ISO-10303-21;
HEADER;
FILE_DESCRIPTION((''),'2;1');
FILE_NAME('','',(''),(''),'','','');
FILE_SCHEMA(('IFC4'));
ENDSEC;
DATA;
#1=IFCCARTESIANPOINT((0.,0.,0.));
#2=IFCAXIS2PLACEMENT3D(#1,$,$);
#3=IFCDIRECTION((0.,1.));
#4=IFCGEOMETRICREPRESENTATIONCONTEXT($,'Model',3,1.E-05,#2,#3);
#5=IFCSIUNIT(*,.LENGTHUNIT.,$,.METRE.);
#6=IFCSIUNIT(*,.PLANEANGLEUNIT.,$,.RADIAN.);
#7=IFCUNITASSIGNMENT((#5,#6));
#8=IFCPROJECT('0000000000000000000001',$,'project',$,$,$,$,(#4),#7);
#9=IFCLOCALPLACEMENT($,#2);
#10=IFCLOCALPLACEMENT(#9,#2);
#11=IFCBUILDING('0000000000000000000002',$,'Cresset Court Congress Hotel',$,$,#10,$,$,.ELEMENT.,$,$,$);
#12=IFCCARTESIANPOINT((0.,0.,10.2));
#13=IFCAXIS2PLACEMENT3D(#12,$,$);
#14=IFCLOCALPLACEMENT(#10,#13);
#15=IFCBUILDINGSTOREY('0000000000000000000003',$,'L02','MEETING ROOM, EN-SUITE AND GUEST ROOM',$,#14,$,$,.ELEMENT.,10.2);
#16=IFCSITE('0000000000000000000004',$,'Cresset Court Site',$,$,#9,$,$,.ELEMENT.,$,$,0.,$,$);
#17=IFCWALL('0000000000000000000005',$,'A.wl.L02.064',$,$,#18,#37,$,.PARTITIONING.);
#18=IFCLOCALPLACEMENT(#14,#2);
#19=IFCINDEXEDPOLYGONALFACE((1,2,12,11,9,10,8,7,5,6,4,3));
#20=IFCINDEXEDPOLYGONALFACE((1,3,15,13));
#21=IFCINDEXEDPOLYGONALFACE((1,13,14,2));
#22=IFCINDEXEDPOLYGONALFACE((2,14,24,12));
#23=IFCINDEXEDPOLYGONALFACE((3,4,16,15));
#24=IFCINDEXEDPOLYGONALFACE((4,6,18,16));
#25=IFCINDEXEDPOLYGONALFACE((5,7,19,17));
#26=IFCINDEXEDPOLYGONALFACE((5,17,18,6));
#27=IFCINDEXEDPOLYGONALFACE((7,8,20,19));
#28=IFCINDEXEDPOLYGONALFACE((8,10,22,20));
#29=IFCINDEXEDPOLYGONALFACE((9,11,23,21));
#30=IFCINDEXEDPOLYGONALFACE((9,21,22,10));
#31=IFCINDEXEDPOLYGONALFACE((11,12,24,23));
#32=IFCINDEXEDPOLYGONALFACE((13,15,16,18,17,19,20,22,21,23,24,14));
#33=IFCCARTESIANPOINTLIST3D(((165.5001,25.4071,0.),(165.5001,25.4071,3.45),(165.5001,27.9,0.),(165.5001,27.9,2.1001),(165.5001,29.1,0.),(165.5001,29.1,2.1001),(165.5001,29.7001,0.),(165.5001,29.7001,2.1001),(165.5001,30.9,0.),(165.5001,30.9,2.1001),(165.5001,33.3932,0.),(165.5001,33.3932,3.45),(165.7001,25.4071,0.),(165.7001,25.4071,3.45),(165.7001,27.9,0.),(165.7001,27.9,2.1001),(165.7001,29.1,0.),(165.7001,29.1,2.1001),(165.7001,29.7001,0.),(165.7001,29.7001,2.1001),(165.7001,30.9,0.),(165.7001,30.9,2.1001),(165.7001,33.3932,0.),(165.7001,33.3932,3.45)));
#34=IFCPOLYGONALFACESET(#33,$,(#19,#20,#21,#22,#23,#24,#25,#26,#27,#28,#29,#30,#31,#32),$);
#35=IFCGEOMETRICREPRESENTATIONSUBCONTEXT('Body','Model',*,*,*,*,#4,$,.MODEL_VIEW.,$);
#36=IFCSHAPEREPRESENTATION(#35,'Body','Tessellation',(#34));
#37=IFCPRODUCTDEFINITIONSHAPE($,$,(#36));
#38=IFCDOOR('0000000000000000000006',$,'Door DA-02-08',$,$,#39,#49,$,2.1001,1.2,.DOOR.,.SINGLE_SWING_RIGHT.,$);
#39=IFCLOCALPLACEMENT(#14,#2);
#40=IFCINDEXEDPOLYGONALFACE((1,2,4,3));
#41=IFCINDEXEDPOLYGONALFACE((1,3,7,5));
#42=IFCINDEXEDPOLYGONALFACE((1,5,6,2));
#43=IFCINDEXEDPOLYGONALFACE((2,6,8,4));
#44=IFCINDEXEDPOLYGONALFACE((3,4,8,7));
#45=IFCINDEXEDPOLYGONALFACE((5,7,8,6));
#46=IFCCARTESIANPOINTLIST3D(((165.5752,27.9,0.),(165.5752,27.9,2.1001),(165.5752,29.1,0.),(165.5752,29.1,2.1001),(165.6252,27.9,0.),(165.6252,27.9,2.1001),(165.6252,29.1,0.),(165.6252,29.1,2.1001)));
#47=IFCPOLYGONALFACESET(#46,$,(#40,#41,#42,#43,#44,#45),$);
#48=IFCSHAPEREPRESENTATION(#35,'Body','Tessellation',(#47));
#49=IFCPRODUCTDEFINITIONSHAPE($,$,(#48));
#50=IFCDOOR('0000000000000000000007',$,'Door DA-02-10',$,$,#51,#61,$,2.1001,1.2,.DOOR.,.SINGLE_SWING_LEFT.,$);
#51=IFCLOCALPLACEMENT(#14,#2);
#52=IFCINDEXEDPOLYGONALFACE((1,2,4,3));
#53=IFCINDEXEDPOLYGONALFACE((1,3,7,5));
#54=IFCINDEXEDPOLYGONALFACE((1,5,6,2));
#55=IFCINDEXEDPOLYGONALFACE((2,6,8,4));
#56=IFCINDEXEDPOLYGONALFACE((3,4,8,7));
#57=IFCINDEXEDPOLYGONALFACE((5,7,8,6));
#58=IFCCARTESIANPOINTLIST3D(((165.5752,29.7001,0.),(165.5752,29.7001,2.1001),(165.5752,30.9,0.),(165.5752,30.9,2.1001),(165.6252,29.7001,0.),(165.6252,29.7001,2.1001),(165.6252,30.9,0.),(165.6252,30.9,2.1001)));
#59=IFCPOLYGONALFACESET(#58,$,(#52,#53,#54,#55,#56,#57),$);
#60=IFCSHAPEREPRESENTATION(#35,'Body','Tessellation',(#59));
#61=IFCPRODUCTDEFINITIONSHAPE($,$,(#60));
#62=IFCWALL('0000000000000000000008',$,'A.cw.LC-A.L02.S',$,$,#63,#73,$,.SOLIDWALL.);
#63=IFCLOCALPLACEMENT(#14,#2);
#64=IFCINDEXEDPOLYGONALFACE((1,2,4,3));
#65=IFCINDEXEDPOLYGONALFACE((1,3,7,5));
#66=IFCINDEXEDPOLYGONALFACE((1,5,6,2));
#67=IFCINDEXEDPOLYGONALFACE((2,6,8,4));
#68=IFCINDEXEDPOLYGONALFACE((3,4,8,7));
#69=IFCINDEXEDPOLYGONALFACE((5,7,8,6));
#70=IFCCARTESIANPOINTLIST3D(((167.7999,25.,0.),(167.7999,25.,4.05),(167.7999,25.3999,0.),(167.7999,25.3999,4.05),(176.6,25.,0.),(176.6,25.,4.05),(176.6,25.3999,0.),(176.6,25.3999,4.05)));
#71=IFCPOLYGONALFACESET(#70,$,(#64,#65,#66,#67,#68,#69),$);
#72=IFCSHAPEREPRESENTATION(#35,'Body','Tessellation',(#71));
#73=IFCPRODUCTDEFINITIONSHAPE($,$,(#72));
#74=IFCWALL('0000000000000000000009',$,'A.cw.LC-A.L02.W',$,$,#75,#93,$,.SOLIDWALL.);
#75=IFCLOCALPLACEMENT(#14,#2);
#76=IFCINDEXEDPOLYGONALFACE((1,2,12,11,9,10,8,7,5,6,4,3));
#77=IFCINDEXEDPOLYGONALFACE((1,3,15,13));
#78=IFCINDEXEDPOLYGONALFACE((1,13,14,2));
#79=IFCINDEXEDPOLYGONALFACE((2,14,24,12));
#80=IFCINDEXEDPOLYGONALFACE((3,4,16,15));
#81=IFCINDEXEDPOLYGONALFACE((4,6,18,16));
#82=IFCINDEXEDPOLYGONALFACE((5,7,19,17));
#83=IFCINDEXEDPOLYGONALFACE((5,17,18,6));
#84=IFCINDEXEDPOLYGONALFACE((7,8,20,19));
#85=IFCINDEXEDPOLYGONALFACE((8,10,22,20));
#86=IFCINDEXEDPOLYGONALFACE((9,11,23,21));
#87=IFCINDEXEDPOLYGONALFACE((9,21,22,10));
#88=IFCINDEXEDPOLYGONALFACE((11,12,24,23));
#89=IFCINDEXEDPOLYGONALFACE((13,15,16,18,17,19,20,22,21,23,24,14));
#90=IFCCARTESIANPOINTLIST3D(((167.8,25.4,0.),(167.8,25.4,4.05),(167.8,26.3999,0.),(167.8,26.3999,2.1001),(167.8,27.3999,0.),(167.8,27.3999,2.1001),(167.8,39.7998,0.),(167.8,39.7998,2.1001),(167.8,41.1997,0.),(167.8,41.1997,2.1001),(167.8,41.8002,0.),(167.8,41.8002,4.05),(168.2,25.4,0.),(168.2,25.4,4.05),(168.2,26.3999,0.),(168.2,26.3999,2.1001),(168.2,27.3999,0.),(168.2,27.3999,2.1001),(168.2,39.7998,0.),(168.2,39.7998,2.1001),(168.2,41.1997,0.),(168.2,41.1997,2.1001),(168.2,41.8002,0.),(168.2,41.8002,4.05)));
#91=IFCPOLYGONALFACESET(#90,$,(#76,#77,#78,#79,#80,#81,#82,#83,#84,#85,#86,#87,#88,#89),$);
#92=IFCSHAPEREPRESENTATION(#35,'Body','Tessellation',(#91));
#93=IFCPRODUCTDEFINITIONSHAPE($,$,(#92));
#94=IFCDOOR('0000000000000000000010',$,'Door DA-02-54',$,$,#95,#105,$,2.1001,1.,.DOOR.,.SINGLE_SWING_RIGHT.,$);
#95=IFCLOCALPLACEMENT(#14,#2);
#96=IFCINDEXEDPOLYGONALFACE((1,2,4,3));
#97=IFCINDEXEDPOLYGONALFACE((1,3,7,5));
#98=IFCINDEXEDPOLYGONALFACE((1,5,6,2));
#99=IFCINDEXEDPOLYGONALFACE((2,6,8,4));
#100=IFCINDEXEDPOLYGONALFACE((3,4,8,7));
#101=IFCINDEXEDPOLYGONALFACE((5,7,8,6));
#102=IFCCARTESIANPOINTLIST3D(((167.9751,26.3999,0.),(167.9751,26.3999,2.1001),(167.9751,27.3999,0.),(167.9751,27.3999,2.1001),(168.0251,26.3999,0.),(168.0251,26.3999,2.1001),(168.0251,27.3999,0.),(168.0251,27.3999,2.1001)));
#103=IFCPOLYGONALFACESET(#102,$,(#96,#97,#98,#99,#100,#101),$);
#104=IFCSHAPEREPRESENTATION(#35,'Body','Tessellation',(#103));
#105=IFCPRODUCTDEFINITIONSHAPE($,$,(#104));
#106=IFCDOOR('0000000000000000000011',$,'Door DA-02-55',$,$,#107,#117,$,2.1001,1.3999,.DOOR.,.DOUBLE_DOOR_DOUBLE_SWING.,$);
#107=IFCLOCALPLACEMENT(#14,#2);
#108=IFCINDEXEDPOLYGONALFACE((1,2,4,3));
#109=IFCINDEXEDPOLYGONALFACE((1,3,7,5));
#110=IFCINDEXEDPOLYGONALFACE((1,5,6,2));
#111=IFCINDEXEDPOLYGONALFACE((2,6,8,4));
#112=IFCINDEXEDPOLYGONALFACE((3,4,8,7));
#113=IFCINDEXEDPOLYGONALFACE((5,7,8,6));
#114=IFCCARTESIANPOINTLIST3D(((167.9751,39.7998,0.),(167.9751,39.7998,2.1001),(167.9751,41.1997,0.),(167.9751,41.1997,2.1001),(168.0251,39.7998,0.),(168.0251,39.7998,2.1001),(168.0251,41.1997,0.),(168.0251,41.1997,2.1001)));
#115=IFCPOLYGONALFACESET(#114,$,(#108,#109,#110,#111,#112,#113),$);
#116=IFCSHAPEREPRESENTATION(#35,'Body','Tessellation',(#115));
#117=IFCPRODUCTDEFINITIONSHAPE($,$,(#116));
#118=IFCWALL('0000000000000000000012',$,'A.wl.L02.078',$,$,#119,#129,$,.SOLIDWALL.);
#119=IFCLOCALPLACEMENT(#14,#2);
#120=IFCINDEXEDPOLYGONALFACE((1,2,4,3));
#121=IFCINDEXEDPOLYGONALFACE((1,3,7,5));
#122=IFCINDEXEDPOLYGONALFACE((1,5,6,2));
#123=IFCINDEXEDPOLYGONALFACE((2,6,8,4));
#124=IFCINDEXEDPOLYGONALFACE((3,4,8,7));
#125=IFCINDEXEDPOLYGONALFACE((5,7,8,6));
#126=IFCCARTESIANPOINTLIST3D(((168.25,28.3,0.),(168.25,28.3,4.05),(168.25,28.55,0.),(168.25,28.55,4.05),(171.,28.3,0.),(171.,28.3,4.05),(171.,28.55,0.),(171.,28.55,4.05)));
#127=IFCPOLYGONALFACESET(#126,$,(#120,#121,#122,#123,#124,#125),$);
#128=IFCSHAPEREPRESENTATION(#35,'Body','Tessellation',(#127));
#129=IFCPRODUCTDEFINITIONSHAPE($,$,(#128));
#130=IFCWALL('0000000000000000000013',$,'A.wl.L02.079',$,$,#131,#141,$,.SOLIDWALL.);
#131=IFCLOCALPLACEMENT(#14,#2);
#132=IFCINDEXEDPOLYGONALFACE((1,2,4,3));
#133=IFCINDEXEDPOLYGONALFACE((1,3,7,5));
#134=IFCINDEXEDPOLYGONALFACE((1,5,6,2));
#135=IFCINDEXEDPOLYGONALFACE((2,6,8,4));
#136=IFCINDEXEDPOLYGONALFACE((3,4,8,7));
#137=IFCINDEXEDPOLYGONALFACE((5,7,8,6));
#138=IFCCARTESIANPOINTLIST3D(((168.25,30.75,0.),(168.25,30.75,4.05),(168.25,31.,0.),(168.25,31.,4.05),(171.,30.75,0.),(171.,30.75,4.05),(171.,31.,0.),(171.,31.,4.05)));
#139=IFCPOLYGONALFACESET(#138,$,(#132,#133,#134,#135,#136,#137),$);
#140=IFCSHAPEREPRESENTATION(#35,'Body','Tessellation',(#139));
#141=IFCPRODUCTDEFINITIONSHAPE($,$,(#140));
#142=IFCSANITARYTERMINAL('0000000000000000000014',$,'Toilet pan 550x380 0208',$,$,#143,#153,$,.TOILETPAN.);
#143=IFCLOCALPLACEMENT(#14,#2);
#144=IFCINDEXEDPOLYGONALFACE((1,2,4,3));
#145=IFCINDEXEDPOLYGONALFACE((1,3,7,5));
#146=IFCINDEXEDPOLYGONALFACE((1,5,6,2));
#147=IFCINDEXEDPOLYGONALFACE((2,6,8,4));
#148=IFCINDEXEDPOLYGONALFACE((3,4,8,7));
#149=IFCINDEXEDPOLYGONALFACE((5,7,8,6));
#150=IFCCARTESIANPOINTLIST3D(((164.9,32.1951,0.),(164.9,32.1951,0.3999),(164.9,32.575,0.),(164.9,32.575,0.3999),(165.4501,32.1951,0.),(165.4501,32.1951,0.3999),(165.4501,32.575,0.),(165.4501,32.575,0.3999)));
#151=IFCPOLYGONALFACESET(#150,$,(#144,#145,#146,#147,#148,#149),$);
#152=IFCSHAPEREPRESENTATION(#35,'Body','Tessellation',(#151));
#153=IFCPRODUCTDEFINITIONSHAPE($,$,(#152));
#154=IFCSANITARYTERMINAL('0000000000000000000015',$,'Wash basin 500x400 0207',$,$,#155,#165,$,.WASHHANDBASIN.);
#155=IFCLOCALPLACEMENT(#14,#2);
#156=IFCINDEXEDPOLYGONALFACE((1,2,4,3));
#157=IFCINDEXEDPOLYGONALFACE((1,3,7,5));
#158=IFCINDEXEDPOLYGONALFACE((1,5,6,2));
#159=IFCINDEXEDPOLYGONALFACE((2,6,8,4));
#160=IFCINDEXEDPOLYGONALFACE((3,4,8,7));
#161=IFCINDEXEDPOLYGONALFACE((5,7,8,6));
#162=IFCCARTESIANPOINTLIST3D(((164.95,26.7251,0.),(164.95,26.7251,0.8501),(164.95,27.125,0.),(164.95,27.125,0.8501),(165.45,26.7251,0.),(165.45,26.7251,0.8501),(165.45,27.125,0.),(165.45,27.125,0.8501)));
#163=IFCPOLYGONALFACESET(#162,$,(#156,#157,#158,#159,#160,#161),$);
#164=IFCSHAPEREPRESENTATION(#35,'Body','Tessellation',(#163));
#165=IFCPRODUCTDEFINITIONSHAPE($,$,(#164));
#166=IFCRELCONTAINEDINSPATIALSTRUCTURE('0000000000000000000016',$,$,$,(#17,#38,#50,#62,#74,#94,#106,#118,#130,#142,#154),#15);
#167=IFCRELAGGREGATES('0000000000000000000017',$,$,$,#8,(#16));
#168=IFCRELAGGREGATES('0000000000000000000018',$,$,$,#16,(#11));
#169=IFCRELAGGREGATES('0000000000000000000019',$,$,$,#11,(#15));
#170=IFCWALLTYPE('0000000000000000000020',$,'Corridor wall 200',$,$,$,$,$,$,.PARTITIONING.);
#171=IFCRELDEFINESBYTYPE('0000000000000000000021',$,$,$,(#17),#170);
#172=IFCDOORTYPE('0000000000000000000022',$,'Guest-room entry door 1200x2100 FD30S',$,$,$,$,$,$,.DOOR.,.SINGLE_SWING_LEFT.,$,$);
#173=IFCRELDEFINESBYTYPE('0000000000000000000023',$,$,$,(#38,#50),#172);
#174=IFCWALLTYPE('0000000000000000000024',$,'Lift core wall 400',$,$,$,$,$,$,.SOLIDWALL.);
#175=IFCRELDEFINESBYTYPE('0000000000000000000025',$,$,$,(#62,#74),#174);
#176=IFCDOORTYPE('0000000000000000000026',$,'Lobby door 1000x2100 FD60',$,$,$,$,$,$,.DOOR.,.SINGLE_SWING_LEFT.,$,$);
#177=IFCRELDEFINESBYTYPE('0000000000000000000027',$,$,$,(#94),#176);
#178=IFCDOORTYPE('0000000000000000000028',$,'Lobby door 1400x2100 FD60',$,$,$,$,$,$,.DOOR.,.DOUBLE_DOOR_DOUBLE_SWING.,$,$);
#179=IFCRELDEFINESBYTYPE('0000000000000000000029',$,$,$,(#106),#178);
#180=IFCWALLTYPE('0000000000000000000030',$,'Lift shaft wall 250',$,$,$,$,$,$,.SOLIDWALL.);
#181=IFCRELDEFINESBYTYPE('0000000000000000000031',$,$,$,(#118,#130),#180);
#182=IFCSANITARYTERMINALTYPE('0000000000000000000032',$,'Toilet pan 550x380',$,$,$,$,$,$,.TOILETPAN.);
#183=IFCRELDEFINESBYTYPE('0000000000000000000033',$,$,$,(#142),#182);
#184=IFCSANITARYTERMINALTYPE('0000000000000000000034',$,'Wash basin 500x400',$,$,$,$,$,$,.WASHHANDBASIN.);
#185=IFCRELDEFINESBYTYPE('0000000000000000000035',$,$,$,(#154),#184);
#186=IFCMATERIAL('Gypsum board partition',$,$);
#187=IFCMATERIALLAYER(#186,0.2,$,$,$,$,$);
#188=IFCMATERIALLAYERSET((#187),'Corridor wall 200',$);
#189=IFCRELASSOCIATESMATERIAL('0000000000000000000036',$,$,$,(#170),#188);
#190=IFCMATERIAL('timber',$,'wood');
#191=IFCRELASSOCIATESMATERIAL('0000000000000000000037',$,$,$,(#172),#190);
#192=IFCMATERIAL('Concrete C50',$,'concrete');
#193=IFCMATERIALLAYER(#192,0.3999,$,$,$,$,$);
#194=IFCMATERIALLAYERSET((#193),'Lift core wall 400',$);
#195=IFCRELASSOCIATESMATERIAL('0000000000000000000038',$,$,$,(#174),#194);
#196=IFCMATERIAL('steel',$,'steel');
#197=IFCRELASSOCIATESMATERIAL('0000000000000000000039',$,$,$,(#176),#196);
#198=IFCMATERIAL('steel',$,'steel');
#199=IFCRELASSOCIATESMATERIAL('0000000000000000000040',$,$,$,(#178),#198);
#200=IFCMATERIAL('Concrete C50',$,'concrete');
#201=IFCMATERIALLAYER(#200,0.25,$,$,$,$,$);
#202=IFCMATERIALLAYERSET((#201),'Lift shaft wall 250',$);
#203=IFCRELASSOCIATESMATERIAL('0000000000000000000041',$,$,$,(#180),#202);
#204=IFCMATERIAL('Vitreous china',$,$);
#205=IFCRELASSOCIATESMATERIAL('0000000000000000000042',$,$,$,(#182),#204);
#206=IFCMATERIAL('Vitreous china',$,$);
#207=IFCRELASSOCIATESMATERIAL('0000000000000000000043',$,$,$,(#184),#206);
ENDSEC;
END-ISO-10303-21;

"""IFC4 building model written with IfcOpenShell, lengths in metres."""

from ifc_helpers import new_model, si_unit, direction, frame, frame_2d, origin, origin_2d, place, context, subcontext, project, spatial, rectangle, extrude, material, layer, layer_set, type_object, element, fill, save


model = new_model("IFC4")

# Units and contexts
model_context = context("Model", 3, precision=1e-05, world=origin(), true_north=direction((0.0, 1.0)))
body_context = subcontext(model_context, "Body", "Model", "MODEL_VIEW")
ifc_project = project(units=[si_unit("LENGTHUNIT", "METRE"), si_unit("PLANEANGLEUNIT", "RADIAN")], contexts=[model_context])

# Site, building, storey
site_placement = place(None, origin())
site = spatial("IfcSite", under=ifc_project, at=site_placement, Name="Cresset Court Site", CompositionType="ELEMENT", RefElevation=0.0)
building_placement = place(site_placement, origin())
building = spatial("IfcBuilding", under=site, at=building_placement, Name="Cresset Court Congress Hotel", CompositionType="ELEMENT")
storey_placement = place(building_placement, frame((0.0, 0.0, 10.2)))
storey = spatial("IfcBuildingStorey", under=building, at=storey_placement, Name="L02", Description="MEETING ROOM, EN-SUITE AND GUEST ROOM", CompositionType="ELEMENT", Elevation=10.2)

# Wall, openings, doors
ifc_material_1 = material(Name="Gypsum board partition")
ifc_layer_1 = layer(ifc_material_1, 0.2)
ifc_layer_set_1 = layer_set([ifc_layer_1], Name="Corridor wall 200")
wall_type_1 = type_object("IfcWallType", Name="Corridor wall 200", PredefinedType="PARTITIONING", material=ifc_layer_set_1)
wall_1_placement = place(storey_placement, frame((165.6001, 25.407, 0.0), z_axis=(0.0, 0.0, 1.0), x_axis=(0.0, 1.0, 0.0)))
wall_1 = element("IfcWall", 1, at=wall_1_placement, inside=storey, type_object=wall_type_1, Name="A.wl.L02.064", PredefinedType="PARTITIONING", context=body_context, shape_type="SweptSolid", body=[
    extrude(rectangle(XDim=7.9861, YDim=0.2, at=frame_2d((3.9932, 0.0))), origin(), (0.0, 0.0, 1.0), 3.45),
])
opening_1_placement = place(wall_1_placement, frame((2.4929, 0.0, 0.0)))
opening_1 = element("IfcOpeningElement", 2, at=opening_1_placement, cuts=wall_1, PredefinedType="OPENING", context=body_context, shape_type="SweptSolid", body=[
    extrude(rectangle(XDim=1.2, YDim=2.1001, at=frame_2d((0.6001, 1.05))), frame((0.0, 0.1099, 0.0), z_axis=(0.0, -1.0, 0.0), x_axis=(1.0, 0.0, 0.0)), (0.0, 0.0, 1.0), 0.22),
])
opening_2_placement = place(wall_1_placement, frame((4.293, 0.0, 0.0)))
opening_2 = element("IfcOpeningElement", 3, at=opening_2_placement, cuts=wall_1, PredefinedType="OPENING", context=body_context, shape_type="SweptSolid", body=[
    extrude(rectangle(XDim=1.2, YDim=2.1001, at=frame_2d((0.6001, 1.05))), frame((0.0, 0.1099, 0.0), z_axis=(0.0, -1.0, 0.0), x_axis=(1.0, 0.0, 0.0)), (0.0, 0.0, 1.0), 0.22),
])
ifc_material_2 = material(Name="timber", Category="wood")
door_type_1 = type_object("IfcDoorType", Name="Guest-room entry door 1200x2100 FD30S", OperationType="SINGLE_SWING_LEFT", PredefinedType="DOOR", material=ifc_material_2)
door_1_placement = place(opening_1_placement, origin())
door_1 = element("IfcDoor", 4, at=door_1_placement, inside=storey, type_object=door_type_1, Name="Door DA-02-08", OperationType="SINGLE_SWING_RIGHT", OverallHeight=2.1001, OverallWidth=1.2, PredefinedType="DOOR", context=body_context, shape_type="SweptSolid", body=[
    extrude(rectangle(XDim=1.2, YDim=2.1001, at=frame_2d((0.6001, 1.05))), frame((0.0, 0.0249, 0.0), z_axis=(0.0, -1.0, 0.0), x_axis=(1.0, 0.0, 0.0)), (0.0, 0.0, 1.0), 0.05),
])
fill(opening_1, door_1)
door_2_placement = place(opening_2_placement, origin())
door_2 = element("IfcDoor", 5, at=door_2_placement, inside=storey, type_object=door_type_1, Name="Door DA-02-10", OperationType="SINGLE_SWING_LEFT", OverallHeight=2.1001, OverallWidth=1.2, PredefinedType="DOOR", context=body_context, shape_type="SweptSolid", body=[
    extrude(rectangle(XDim=1.2, YDim=2.1001, at=frame_2d((0.6001, 1.05))), frame((0.0, 0.0249, 0.0), z_axis=(0.0, -1.0, 0.0), x_axis=(1.0, 0.0, 0.0)), (0.0, 0.0, 1.0), 0.05),
])
fill(opening_2, door_2)

# Wall
ifc_material_3 = material(Name="Concrete C50", Category="concrete")
ifc_layer_2 = layer(ifc_material_3, 0.3999)
ifc_layer_set_2 = layer_set([ifc_layer_2], Name="Lift core wall 400")
wall_type_2 = type_object("IfcWallType", Name="Lift core wall 400", PredefinedType="SOLIDWALL", material=ifc_layer_set_2)
wall_2_placement = place(storey_placement, frame((167.8, 25.2, 0.0), z_axis=(0.0, 0.0, 1.0), x_axis=(1.0, 0.0, 0.0)))
element("IfcWall", 6, at=wall_2_placement, inside=storey, type_object=wall_type_2, Name="A.cw.LC-A.L02.S", PredefinedType="SOLIDWALL", context=body_context, shape_type="SweptSolid", body=[
    extrude(rectangle(XDim=8.8, YDim=0.3999, at=frame_2d((4.3999, 0.0))), origin(), (0.0, 0.0, 1.0), 4.05),
])

# Wall, openings, doors
wall_3_placement = place(storey_placement, frame((168.0, 25.3999, 0.0), z_axis=(0.0, 0.0, 1.0), x_axis=(0.0, 1.0, 0.0)))
wall_3 = element("IfcWall", 7, at=wall_3_placement, inside=storey, type_object=wall_type_2, Name="A.cw.LC-A.L02.W", PredefinedType="SOLIDWALL", context=body_context, shape_type="SweptSolid", body=[
    extrude(rectangle(XDim=16.4001, YDim=0.3999, at=frame_2d((8.2002, 0.0))), origin(), (0.0, 0.0, 1.0), 4.05),
])
opening_3_placement = place(wall_3_placement, frame((1.0, 0.0, 0.0)))
opening_3 = element("IfcOpeningElement", 8, at=opening_3_placement, cuts=wall_3, PredefinedType="OPENING", context=body_context, shape_type="SweptSolid", body=[
    extrude(rectangle(XDim=1.0, YDim=2.1001, at=frame_2d((0.5, 1.05))), frame((0.0, 0.21, 0.0), z_axis=(0.0, -1.0, 0.0), x_axis=(1.0, 0.0, 0.0)), (0.0, 0.0, 1.0), 0.4199),
])
opening_4_placement = place(wall_3_placement, frame((14.3999, 0.0, 0.0)))
opening_4 = element("IfcOpeningElement", 9, at=opening_4_placement, cuts=wall_3, PredefinedType="OPENING", context=body_context, shape_type="SweptSolid", body=[
    extrude(rectangle(XDim=1.3999, YDim=2.1001, at=frame_2d((0.7, 1.05))), frame((0.0, 0.21, 0.0), z_axis=(0.0, -1.0, 0.0), x_axis=(1.0, 0.0, 0.0)), (0.0, 0.0, 1.0), 0.4199),
])
ifc_material_4 = material(Name="steel", Category="steel")
door_type_2 = type_object("IfcDoorType", Name="Lobby door 1000x2100 FD60", OperationType="SINGLE_SWING_LEFT", PredefinedType="DOOR", material=ifc_material_4)
door_3_placement = place(opening_3_placement, origin())
door_3 = element("IfcDoor", 10, at=door_3_placement, inside=storey, type_object=door_type_2, Name="Door DA-02-54", OperationType="SINGLE_SWING_RIGHT", OverallHeight=2.1001, OverallWidth=1.0, PredefinedType="DOOR", context=body_context, shape_type="SweptSolid", body=[
    extrude(rectangle(XDim=1.0, YDim=2.1001, at=frame_2d((0.5, 1.05))), frame((0.0, 0.0249, 0.0), z_axis=(0.0, -1.0, 0.0), x_axis=(1.0, 0.0, 0.0)), (0.0, 0.0, 1.0), 0.05),
])
fill(opening_3, door_3)
ifc_material_5 = material(Name="steel", Category="steel")
door_type_3 = type_object("IfcDoorType", Name="Lobby door 1400x2100 FD60", OperationType="DOUBLE_DOOR_DOUBLE_SWING", PredefinedType="DOOR", material=ifc_material_5)
door_4_placement = place(opening_4_placement, origin())
door_4 = element("IfcDoor", 11, at=door_4_placement, inside=storey, type_object=door_type_3, Name="Door DA-02-55", OperationType="DOUBLE_DOOR_DOUBLE_SWING", OverallHeight=2.1001, OverallWidth=1.3999, PredefinedType="DOOR", context=body_context, shape_type="SweptSolid", body=[
    extrude(rectangle(XDim=1.3999, YDim=2.1001, at=frame_2d((0.7, 1.05))), frame((0.0, 0.0249, 0.0), z_axis=(0.0, -1.0, 0.0), x_axis=(1.0, 0.0, 0.0)), (0.0, 0.0, 1.0), 0.05),
])
fill(opening_4, door_4)

# Walls
ifc_material_6 = material(Name="Concrete C50", Category="concrete")
ifc_layer_3 = layer(ifc_material_6, 0.25)
ifc_layer_set_3 = layer_set([ifc_layer_3], Name="Lift shaft wall 250")
wall_type_3 = type_object("IfcWallType", Name="Lift shaft wall 250", PredefinedType="SOLIDWALL", material=ifc_layer_set_3)
for number, where, z_axis, x_axis, name in (
    (12, (168.25, 28.425, 0.0), (0.0, 0.0, 1.0), (1.0, 0.0, 0.0), "A.wl.L02.078"),
    (13, (168.25, 30.875, 0.0), (0.0, 0.0, 1.0), (1.0, 0.0, 0.0), "A.wl.L02.079"),
):
    element("IfcWall", number, at=place(storey_placement, frame(where, z_axis=z_axis, x_axis=x_axis)), inside=storey, type_object=wall_type_3, Name=name, PredefinedType="SOLIDWALL", context=body_context, shape_type="SweptSolid", body=[
        extrude(rectangle(XDim=2.75, YDim=0.25, at=frame_2d((1.375, 0.0))), origin(), (0.0, 0.0, 1.0), 4.05),
    ])

# Sanitary terminals
ifc_material_7 = material(Name="Vitreous china")
sanitary_terminal_type_1 = type_object("IfcSanitaryTerminalType", Name="Toilet pan 550x380", PredefinedType="TOILETPAN", material=ifc_material_7)
sanitary_terminal_placement = place(storey_placement, frame((165.175, 32.385, 0.0), z_axis=(0.0, 0.0, 1.0), x_axis=(1.0, 0.0, 0.0)))
element("IfcSanitaryTerminal", 14, at=sanitary_terminal_placement, inside=storey, type_object=sanitary_terminal_type_1, Name="Toilet pan 550x380 0208", PredefinedType="TOILETPAN", context=body_context, shape_type="SweptSolid", body=[
    extrude(rectangle(XDim=0.55, YDim=0.3799, at=origin_2d()), origin(), (0.0, 0.0, 1.0), 0.3999),
])
ifc_material_8 = material(Name="Vitreous china")
sanitary_terminal_type_2 = type_object("IfcSanitaryTerminalType", Name="Wash basin 500x400", PredefinedType="WASHHANDBASIN", material=ifc_material_8)
for number, where, z_axis, x_axis, name in (
    (15, (165.2, 26.925, 0.0), (0.0, 0.0, 1.0), (1.0, 0.0, 0.0), "Wash basin 500x400 0207"),
):
    element("IfcSanitaryTerminal", number, at=place(storey_placement, frame(where, z_axis=z_axis, x_axis=x_axis)), inside=storey, type_object=sanitary_terminal_type_2, Name=name, PredefinedType="WASHHANDBASIN", context=body_context, shape_type="SweptSolid", body=[
        extrude(rectangle(XDim=0.5, YDim=0.3999, at=origin_2d()), origin(), (0.0, 0.0, 1.0), 0.8501),
    ])

save(model, "model.ifc")
